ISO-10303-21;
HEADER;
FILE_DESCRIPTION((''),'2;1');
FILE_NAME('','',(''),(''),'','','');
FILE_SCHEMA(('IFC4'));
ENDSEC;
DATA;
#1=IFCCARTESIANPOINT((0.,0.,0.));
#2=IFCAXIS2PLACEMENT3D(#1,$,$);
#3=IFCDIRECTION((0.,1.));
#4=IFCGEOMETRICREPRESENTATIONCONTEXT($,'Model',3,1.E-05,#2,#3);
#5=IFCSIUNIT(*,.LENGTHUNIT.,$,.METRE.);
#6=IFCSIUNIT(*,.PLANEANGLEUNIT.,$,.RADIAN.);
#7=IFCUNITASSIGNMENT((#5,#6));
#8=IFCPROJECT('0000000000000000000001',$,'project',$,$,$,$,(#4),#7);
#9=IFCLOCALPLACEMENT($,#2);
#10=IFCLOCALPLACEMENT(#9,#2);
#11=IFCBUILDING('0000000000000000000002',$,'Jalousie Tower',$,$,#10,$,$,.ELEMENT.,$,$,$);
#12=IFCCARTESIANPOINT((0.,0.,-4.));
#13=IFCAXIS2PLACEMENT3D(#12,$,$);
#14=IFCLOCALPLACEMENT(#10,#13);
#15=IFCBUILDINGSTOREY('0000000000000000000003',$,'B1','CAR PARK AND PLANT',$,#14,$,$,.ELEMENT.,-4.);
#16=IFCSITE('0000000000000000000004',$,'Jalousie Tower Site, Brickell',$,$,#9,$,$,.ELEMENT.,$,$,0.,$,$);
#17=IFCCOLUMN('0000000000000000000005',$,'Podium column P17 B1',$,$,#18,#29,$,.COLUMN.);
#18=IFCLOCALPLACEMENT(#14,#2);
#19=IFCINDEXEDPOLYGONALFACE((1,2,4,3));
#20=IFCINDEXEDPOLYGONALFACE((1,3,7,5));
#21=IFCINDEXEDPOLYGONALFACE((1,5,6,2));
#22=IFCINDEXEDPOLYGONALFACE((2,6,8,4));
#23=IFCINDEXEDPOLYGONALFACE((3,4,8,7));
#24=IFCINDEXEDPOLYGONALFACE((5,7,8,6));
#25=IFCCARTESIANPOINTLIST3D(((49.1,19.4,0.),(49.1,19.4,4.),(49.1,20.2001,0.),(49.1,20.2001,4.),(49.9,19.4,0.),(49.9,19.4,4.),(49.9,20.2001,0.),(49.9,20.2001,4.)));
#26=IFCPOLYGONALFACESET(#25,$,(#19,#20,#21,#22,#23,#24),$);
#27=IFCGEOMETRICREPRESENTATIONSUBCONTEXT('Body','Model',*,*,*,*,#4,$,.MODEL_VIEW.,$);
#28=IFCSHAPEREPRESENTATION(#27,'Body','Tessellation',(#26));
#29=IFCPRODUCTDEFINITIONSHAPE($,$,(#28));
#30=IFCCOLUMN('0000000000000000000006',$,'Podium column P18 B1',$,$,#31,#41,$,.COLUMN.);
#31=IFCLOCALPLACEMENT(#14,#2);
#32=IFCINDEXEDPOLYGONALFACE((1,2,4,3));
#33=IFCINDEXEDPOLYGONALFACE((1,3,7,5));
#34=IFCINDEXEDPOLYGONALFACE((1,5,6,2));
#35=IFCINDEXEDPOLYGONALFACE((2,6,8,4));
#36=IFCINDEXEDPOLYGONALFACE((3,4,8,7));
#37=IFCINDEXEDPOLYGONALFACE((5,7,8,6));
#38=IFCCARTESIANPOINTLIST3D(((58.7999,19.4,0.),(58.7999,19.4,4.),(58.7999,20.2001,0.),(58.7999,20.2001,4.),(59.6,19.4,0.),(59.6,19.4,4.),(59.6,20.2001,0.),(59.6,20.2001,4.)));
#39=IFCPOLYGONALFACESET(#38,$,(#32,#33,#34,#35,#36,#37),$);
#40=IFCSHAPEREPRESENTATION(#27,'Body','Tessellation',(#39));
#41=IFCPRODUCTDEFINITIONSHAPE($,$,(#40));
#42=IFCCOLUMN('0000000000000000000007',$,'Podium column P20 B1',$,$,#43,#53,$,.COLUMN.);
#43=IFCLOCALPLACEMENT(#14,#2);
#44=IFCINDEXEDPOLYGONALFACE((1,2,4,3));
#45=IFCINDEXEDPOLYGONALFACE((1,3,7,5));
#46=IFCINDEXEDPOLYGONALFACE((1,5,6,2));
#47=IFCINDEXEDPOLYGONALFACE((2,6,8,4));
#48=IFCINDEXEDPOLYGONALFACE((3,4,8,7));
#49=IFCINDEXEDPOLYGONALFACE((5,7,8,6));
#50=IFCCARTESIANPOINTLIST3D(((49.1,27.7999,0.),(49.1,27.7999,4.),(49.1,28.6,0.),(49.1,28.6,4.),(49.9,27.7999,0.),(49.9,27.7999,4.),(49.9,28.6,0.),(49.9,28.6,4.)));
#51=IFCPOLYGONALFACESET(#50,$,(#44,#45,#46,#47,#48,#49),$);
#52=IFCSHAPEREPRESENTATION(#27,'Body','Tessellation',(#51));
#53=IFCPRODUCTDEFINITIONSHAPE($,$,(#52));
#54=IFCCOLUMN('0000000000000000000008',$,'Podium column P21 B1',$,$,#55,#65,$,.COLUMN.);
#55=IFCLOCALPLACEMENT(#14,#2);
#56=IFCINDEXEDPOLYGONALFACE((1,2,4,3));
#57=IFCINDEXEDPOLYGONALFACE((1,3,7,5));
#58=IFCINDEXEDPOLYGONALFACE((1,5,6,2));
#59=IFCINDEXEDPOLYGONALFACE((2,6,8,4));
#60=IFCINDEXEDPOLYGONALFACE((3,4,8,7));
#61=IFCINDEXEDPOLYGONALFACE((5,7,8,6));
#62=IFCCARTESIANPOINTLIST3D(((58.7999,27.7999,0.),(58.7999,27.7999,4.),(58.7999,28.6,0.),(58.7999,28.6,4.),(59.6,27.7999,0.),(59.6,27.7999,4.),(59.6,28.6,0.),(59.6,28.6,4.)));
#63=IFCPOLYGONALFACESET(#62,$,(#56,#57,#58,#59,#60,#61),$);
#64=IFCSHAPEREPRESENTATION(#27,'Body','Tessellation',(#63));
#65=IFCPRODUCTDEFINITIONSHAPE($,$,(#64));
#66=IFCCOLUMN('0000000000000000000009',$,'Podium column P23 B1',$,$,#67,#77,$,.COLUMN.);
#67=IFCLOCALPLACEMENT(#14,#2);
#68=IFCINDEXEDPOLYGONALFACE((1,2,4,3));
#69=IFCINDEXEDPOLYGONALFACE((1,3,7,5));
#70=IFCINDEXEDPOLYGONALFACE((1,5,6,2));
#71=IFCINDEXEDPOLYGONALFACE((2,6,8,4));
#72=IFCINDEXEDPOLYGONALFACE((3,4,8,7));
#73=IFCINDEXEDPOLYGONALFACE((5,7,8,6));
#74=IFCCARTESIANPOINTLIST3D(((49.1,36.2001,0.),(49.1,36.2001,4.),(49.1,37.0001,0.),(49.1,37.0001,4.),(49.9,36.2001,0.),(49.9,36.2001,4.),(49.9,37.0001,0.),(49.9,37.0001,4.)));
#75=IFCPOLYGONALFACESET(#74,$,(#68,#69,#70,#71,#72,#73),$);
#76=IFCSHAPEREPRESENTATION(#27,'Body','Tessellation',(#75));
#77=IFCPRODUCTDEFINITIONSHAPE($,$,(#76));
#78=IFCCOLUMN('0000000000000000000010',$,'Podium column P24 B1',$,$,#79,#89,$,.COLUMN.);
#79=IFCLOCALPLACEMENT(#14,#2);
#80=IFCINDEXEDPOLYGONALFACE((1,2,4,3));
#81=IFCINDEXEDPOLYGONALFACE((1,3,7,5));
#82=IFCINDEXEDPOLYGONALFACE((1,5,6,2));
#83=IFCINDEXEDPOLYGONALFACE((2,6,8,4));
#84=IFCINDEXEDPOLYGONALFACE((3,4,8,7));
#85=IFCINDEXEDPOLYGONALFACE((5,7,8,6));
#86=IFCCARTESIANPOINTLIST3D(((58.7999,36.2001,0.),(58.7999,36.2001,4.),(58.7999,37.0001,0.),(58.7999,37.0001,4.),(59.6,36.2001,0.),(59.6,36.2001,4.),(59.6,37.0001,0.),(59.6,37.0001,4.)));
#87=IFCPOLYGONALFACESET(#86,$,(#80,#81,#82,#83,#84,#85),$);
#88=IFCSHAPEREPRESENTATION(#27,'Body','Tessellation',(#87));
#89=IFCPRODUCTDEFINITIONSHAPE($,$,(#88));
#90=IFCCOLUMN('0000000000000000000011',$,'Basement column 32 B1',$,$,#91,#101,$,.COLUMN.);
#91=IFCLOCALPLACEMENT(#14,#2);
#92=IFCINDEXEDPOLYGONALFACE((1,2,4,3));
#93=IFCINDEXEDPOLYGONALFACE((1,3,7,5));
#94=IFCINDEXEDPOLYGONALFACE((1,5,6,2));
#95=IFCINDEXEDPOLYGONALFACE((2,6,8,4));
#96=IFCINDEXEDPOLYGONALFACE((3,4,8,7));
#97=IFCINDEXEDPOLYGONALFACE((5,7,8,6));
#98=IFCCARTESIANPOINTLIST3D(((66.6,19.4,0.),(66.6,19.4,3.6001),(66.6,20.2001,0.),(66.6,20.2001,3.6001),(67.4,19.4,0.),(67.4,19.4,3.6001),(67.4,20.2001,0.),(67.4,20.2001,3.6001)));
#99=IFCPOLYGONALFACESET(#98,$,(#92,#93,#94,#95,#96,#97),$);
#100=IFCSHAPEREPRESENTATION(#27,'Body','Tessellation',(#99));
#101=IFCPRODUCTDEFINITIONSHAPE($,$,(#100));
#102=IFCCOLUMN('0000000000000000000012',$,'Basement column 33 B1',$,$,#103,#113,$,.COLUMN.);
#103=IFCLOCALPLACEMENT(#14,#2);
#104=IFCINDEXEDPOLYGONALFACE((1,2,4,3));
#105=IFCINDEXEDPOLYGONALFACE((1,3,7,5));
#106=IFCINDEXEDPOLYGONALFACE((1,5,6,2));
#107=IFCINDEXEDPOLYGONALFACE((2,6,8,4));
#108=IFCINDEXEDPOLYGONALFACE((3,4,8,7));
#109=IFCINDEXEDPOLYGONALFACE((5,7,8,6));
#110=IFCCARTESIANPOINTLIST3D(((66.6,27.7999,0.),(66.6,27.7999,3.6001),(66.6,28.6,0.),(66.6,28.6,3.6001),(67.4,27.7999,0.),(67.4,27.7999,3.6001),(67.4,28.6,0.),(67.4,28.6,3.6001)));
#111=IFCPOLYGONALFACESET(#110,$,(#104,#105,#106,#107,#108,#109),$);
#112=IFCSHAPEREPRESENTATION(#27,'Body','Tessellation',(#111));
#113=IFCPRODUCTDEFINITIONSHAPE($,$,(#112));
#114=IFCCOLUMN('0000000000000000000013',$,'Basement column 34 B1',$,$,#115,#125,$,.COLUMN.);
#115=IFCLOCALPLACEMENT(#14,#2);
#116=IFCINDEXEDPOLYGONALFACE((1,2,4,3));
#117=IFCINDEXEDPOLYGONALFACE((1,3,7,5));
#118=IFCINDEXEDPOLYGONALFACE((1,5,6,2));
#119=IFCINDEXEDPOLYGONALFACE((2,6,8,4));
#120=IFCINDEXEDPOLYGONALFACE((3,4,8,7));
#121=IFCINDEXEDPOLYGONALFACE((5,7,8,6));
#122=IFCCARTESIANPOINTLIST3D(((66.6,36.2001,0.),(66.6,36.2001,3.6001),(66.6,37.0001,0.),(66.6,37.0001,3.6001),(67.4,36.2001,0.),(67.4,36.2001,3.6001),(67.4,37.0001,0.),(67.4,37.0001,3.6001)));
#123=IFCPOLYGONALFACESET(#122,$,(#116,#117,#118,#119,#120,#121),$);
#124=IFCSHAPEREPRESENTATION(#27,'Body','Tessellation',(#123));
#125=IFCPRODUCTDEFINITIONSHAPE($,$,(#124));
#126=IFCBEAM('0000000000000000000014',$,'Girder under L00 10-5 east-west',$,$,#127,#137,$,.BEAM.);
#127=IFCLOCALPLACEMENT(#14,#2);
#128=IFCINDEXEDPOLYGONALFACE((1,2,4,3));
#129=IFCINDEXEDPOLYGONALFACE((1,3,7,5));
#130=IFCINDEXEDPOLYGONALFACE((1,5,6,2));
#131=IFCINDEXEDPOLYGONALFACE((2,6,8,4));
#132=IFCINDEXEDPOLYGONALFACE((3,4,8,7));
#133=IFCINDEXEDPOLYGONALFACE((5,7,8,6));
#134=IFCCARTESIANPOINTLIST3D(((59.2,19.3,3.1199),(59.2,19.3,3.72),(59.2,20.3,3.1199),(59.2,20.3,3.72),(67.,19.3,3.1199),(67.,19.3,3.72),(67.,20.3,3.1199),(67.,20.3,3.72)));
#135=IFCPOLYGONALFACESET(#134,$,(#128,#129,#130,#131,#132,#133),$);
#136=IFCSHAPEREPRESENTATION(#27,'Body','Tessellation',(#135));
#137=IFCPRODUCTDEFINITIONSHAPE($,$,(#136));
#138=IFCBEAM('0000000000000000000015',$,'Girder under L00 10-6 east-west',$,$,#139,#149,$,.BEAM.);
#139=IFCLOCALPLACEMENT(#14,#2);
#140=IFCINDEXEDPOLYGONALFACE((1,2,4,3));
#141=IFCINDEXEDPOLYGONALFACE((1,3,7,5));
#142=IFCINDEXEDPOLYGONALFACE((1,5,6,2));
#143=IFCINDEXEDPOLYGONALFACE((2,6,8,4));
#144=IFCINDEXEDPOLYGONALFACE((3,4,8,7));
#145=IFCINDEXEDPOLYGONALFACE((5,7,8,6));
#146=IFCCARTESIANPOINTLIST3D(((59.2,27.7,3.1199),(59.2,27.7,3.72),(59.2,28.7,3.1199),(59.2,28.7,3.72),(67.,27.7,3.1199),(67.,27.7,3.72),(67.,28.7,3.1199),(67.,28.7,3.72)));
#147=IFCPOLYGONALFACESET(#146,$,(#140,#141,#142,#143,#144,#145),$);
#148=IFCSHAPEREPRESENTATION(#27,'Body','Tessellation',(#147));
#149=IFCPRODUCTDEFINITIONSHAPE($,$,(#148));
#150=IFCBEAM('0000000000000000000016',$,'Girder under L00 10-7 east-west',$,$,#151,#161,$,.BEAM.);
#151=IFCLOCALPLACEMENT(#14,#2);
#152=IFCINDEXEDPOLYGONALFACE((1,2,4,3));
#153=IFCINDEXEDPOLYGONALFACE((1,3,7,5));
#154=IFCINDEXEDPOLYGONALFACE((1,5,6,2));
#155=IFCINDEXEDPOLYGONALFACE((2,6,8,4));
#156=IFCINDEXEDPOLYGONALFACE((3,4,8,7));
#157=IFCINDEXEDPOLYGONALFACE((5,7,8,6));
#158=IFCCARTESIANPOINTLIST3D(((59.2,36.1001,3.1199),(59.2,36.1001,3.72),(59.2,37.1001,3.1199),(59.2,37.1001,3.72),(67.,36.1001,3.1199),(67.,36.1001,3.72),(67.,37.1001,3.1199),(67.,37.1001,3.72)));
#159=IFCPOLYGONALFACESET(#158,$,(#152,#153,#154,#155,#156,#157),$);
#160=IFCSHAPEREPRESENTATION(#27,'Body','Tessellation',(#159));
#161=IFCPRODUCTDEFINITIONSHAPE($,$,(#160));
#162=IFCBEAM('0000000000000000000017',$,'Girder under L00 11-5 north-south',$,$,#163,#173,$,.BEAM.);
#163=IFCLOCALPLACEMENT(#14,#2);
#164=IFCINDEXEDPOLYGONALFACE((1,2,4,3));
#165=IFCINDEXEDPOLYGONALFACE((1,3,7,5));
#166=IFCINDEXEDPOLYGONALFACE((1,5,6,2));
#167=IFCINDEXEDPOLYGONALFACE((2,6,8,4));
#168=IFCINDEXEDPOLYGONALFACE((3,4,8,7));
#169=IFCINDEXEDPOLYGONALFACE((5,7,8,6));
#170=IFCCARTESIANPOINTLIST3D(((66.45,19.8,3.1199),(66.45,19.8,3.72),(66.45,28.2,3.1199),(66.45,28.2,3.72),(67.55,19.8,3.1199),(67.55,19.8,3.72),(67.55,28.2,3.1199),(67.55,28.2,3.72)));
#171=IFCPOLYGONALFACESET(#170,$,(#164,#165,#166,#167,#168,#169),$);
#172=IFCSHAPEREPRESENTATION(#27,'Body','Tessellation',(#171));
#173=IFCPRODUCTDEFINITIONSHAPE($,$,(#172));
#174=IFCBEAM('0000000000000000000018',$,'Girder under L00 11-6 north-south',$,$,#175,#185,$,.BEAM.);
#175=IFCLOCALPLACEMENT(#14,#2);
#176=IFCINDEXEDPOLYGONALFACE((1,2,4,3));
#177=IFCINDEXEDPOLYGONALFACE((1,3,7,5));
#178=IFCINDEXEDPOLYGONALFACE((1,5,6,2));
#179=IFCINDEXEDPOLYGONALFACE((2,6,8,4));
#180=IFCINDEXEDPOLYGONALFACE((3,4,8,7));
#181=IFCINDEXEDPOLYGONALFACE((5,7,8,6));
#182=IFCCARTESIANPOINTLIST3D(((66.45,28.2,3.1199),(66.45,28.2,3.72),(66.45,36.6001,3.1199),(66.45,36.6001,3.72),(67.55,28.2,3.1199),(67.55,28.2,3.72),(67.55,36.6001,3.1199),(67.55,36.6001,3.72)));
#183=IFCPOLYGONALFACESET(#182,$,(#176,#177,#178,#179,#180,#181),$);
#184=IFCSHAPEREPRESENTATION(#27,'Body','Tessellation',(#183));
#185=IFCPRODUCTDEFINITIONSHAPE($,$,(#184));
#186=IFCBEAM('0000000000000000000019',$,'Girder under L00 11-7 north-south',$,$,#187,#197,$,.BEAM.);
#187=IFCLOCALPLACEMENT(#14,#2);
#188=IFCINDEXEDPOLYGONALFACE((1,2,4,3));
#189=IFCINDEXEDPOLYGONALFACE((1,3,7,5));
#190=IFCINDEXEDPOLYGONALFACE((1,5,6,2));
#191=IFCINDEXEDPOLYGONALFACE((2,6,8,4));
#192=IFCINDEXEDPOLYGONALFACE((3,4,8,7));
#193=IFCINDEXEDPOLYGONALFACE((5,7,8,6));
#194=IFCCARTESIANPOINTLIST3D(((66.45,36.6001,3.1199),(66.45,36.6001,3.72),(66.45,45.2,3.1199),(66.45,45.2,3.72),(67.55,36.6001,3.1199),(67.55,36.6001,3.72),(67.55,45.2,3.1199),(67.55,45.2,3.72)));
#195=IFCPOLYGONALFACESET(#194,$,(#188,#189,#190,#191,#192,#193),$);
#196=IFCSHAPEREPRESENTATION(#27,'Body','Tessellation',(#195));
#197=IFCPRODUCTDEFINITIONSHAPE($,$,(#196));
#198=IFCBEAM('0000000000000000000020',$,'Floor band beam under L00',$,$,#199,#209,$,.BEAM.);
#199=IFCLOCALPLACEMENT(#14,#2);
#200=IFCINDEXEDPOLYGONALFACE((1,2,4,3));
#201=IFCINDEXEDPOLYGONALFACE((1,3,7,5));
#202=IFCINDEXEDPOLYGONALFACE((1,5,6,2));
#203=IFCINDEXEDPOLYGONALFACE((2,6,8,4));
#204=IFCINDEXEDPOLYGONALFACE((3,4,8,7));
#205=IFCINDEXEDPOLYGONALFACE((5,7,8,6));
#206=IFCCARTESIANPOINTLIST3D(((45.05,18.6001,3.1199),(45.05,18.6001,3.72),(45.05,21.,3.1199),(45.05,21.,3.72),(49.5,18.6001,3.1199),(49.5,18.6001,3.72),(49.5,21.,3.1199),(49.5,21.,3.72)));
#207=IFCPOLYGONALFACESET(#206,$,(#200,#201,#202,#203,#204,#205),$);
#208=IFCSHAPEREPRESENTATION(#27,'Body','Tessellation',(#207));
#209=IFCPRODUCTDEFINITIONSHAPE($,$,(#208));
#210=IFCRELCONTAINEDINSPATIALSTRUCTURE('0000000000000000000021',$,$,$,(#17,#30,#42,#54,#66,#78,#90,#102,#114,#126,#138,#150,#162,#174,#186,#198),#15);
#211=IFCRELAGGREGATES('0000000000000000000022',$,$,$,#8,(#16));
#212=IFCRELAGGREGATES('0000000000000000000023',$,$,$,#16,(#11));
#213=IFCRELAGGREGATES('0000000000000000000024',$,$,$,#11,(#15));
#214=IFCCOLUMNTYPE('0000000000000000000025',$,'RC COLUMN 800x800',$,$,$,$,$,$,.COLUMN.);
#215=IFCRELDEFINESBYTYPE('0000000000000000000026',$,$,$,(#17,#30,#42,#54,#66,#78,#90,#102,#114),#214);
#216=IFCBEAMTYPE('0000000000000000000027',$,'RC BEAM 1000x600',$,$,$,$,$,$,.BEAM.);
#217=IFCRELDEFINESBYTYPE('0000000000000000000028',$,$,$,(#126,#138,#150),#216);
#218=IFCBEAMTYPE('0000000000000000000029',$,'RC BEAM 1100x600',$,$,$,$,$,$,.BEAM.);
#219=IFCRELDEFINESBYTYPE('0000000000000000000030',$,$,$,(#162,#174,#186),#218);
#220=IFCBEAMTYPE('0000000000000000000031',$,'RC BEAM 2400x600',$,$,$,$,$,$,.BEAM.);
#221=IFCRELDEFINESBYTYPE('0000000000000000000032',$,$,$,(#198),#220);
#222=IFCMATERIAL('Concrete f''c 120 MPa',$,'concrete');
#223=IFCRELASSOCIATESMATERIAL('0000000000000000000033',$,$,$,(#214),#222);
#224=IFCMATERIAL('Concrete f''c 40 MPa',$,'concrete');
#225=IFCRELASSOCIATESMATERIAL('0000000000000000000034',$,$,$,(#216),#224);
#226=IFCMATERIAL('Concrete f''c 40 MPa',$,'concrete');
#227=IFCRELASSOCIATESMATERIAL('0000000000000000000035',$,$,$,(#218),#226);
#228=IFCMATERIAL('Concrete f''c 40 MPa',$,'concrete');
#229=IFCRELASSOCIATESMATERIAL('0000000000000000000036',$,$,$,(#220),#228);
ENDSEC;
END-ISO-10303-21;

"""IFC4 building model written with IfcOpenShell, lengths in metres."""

from ifc_helpers import new_model, si_unit, direction, frame, origin, origin_2d, place, context, subcontext, project, spatial, rectangle, extrude, material, material_profile, profile_set, type_object, element, save


model = new_model("IFC4")

# Units and contexts
model_context = context("Model", 3, precision=1e-05, world=origin(), true_north=direction((0.0, 1.0)))
body_context = subcontext(model_context, "Body", "Model", "MODEL_VIEW")
ifc_project = project(units=[si_unit("LENGTHUNIT", "METRE"), si_unit("PLANEANGLEUNIT", "RADIAN")], contexts=[model_context])

# Site, building, storey
site_placement = place(None, origin())
site = spatial("IfcSite", under=ifc_project, at=site_placement, Name="Jalousie Tower Site, Brickell", CompositionType="ELEMENT", RefElevation=0.0)
building_placement = place(site_placement, origin())
building = spatial("IfcBuilding", under=site, at=building_placement, Name="Jalousie Tower", CompositionType="ELEMENT")
storey_placement = place(building_placement, frame((0.0, 0.0, -4.0)))
storey = spatial("IfcBuildingStorey", under=building, at=storey_placement, Name="B1", Description="CAR PARK AND PLANT", CompositionType="ELEMENT", Elevation=-4.0)

# Columns
ifc_material_1 = material(Name="Concrete f'c 120 MPa", Category="concrete")
ifc_material_profile_1 = material_profile(ifc_material_1, rectangle(XDim=0.8, YDim=0.8, at=origin_2d()), Name="RC 800x800")
ifc_profile_set_1 = profile_set([ifc_material_profile_1], Name="Concrete f'c 120 MPa")
column_type = type_object("IfcColumnType", Name="RC COLUMN 800x800", PredefinedType="COLUMN", material=ifc_profile_set_1)
for number, where, z_axis, x_axis, name in (
    (1, (49.5, 19.8, 0.0), (0.0, 0.0, 1.0), (1.0, 0.0, 0.0), "Podium column P17 B1"),
    (2, (59.2, 19.8, 0.0), (0.0, 0.0, 1.0), (1.0, 0.0, 0.0), "Podium column P18 B1"),
    (3, (49.5, 28.2, 0.0), (0.0, 0.0, 1.0), (1.0, 0.0, 0.0), "Podium column P20 B1"),
    (4, (59.2, 28.2, 0.0), (0.0, 0.0, 1.0), (1.0, 0.0, 0.0), "Podium column P21 B1"),
    (5, (49.5, 36.6001, 0.0), (0.0, 0.0, 1.0), (1.0, 0.0, 0.0), "Podium column P23 B1"),
    (6, (59.2, 36.6001, 0.0), (0.0, 0.0, 1.0), (1.0, 0.0, 0.0), "Podium column P24 B1"),
):
    element("IfcColumn", number, at=place(storey_placement, frame(where, z_axis=z_axis, x_axis=x_axis)), inside=storey, type_object=column_type, Name=name, PredefinedType="COLUMN", context=body_context, shape_type="SweptSolid", body=[
        extrude(rectangle(XDim=0.8, YDim=0.8, at=origin_2d()), origin(), (0.0, 0.0, 1.0), 4.0),
    ])
for number, where, z_axis, x_axis, name in (
    (7, (67.0, 19.8, 0.0), (0.0, 0.0, 1.0), (1.0, 0.0, 0.0), "Basement column 32 B1"),
    (8, (67.0, 28.2, 0.0), (0.0, 0.0, 1.0), (1.0, 0.0, 0.0), "Basement column 33 B1"),
    (9, (67.0, 36.6001, 0.0), (0.0, 0.0, 1.0), (1.0, 0.0, 0.0), "Basement column 34 B1"),
):
    element("IfcColumn", number, at=place(storey_placement, frame(where, z_axis=z_axis, x_axis=x_axis)), inside=storey, type_object=column_type, Name=name, PredefinedType="COLUMN", context=body_context, shape_type="SweptSolid", body=[
        extrude(rectangle(XDim=0.8, YDim=0.8, at=origin_2d()), origin(), (0.0, 0.0, 1.0), 3.6001),
    ])

# Beams
ifc_material_2 = material(Name="Concrete f'c 40 MPa", Category="concrete")
ifc_material_profile_2 = material_profile(ifc_material_2, rectangle(XDim=1.0, YDim=0.6001, at=origin_2d()), Name="RC 1000x600")
ifc_profile_set_2 = profile_set([ifc_material_profile_2], Name="Concrete f'c 40 MPa")
beam_type_1 = type_object("IfcBeamType", Name="RC BEAM 1000x600", PredefinedType="BEAM", material=ifc_profile_set_2)
for number, where, z_axis, x_axis, name in (
    (10, (59.2, 19.8, 3.4199), (1.0, 0.0, 0.0), (0.0, 1.0, 0.0), "Girder under L00 10-5 east-west"),
    (11, (59.2, 28.2, 3.4199), (1.0, 0.0, 0.0), (0.0, 1.0, 0.0), "Girder under L00 10-6 east-west"),
    (12, (59.2, 36.6001, 3.4199), (1.0, 0.0, 0.0), (0.0, 1.0, 0.0), "Girder under L00 10-7 east-west"),
):
    element("IfcBeam", number, at=place(storey_placement, frame(where, z_axis=z_axis, x_axis=x_axis)), inside=storey, type_object=beam_type_1, Name=name, PredefinedType="BEAM", context=body_context, shape_type="SweptSolid", body=[
        extrude(rectangle(XDim=1.0, YDim=0.6001, at=origin_2d()), origin(), (0.0, 0.0, 1.0), 7.8),
    ])
ifc_material_3 = material(Name="Concrete f'c 40 MPa", Category="concrete")
ifc_material_profile_3 = material_profile(ifc_material_3, rectangle(XDim=1.1001, YDim=0.6001, at=origin_2d()), Name="RC 1100x600")
ifc_profile_set_3 = profile_set([ifc_material_profile_3], Name="Concrete f'c 40 MPa")
beam_type_2 = type_object("IfcBeamType", Name="RC BEAM 1100x600", PredefinedType="BEAM", material=ifc_profile_set_3)
beam_1_placement = place(storey_placement, frame((67.0, 19.8, 3.4199), z_axis=(0.0, 1.0, 0.0), x_axis=(-1.0, 0.0, 0.0)))
element("IfcBeam", 13, at=beam_1_placement, inside=storey, type_object=beam_type_2, Name="Girder under L00 11-5 north-south", PredefinedType="BEAM", context=body_context, shape_type="SweptSolid", body=[
    extrude(rectangle(XDim=1.1001, YDim=0.6001, at=origin_2d()), origin(), (0.0, 0.0, 1.0), 8.3999),
])
beam_2_placement = place(storey_placement, frame((67.0, 28.2, 3.4199), z_axis=(0.0, 1.0, 0.0), x_axis=(-1.0, 0.0, 0.0)))
element("IfcBeam", 14, at=beam_2_placement, inside=storey, type_object=beam_type_2, Name="Girder under L00 11-6 north-south", PredefinedType="BEAM", context=body_context, shape_type="SweptSolid", body=[
    extrude(rectangle(XDim=1.1001, YDim=0.6001, at=origin_2d()), origin(), (0.0, 0.0, 1.0), 8.4001),
])
beam_3_placement = place(storey_placement, frame((67.0, 36.6001, 3.4199), z_axis=(0.0, 1.0, 0.0), x_axis=(-1.0, 0.0, 0.0)))
element("IfcBeam", 15, at=beam_3_placement, inside=storey, type_object=beam_type_2, Name="Girder under L00 11-7 north-south", PredefinedType="BEAM", context=body_context, shape_type="SweptSolid", body=[
    extrude(rectangle(XDim=1.1001, YDim=0.6001, at=origin_2d()), origin(), (0.0, 0.0, 1.0), 8.5999),
])
ifc_material_4 = material(Name="Concrete f'c 40 MPa", Category="concrete")
ifc_material_profile_4 = material_profile(ifc_material_4, rectangle(XDim=2.3999, YDim=0.6001, at=origin_2d()), Name="RC 2400x600")
ifc_profile_set_4 = profile_set([ifc_material_profile_4], Name="Concrete f'c 40 MPa")
beam_type_3 = type_object("IfcBeamType", Name="RC BEAM 2400x600", PredefinedType="BEAM", material=ifc_profile_set_4)
beam_4_placement = place(storey_placement, frame((49.5, 19.8, 3.4199), z_axis=(-1.0, 0.0, 0.0), x_axis=(0.0, -1.0, 0.0)))
element("IfcBeam", 16, at=beam_4_placement, inside=storey, type_object=beam_type_3, Name="Floor band beam under L00", PredefinedType="BEAM", context=body_context, shape_type="SweptSolid", body=[
    extrude(rectangle(XDim=2.3999, YDim=0.6001, at=origin_2d()), origin(), (0.0, 0.0, 1.0), 4.45),
])

save(model, "model.ifc")
